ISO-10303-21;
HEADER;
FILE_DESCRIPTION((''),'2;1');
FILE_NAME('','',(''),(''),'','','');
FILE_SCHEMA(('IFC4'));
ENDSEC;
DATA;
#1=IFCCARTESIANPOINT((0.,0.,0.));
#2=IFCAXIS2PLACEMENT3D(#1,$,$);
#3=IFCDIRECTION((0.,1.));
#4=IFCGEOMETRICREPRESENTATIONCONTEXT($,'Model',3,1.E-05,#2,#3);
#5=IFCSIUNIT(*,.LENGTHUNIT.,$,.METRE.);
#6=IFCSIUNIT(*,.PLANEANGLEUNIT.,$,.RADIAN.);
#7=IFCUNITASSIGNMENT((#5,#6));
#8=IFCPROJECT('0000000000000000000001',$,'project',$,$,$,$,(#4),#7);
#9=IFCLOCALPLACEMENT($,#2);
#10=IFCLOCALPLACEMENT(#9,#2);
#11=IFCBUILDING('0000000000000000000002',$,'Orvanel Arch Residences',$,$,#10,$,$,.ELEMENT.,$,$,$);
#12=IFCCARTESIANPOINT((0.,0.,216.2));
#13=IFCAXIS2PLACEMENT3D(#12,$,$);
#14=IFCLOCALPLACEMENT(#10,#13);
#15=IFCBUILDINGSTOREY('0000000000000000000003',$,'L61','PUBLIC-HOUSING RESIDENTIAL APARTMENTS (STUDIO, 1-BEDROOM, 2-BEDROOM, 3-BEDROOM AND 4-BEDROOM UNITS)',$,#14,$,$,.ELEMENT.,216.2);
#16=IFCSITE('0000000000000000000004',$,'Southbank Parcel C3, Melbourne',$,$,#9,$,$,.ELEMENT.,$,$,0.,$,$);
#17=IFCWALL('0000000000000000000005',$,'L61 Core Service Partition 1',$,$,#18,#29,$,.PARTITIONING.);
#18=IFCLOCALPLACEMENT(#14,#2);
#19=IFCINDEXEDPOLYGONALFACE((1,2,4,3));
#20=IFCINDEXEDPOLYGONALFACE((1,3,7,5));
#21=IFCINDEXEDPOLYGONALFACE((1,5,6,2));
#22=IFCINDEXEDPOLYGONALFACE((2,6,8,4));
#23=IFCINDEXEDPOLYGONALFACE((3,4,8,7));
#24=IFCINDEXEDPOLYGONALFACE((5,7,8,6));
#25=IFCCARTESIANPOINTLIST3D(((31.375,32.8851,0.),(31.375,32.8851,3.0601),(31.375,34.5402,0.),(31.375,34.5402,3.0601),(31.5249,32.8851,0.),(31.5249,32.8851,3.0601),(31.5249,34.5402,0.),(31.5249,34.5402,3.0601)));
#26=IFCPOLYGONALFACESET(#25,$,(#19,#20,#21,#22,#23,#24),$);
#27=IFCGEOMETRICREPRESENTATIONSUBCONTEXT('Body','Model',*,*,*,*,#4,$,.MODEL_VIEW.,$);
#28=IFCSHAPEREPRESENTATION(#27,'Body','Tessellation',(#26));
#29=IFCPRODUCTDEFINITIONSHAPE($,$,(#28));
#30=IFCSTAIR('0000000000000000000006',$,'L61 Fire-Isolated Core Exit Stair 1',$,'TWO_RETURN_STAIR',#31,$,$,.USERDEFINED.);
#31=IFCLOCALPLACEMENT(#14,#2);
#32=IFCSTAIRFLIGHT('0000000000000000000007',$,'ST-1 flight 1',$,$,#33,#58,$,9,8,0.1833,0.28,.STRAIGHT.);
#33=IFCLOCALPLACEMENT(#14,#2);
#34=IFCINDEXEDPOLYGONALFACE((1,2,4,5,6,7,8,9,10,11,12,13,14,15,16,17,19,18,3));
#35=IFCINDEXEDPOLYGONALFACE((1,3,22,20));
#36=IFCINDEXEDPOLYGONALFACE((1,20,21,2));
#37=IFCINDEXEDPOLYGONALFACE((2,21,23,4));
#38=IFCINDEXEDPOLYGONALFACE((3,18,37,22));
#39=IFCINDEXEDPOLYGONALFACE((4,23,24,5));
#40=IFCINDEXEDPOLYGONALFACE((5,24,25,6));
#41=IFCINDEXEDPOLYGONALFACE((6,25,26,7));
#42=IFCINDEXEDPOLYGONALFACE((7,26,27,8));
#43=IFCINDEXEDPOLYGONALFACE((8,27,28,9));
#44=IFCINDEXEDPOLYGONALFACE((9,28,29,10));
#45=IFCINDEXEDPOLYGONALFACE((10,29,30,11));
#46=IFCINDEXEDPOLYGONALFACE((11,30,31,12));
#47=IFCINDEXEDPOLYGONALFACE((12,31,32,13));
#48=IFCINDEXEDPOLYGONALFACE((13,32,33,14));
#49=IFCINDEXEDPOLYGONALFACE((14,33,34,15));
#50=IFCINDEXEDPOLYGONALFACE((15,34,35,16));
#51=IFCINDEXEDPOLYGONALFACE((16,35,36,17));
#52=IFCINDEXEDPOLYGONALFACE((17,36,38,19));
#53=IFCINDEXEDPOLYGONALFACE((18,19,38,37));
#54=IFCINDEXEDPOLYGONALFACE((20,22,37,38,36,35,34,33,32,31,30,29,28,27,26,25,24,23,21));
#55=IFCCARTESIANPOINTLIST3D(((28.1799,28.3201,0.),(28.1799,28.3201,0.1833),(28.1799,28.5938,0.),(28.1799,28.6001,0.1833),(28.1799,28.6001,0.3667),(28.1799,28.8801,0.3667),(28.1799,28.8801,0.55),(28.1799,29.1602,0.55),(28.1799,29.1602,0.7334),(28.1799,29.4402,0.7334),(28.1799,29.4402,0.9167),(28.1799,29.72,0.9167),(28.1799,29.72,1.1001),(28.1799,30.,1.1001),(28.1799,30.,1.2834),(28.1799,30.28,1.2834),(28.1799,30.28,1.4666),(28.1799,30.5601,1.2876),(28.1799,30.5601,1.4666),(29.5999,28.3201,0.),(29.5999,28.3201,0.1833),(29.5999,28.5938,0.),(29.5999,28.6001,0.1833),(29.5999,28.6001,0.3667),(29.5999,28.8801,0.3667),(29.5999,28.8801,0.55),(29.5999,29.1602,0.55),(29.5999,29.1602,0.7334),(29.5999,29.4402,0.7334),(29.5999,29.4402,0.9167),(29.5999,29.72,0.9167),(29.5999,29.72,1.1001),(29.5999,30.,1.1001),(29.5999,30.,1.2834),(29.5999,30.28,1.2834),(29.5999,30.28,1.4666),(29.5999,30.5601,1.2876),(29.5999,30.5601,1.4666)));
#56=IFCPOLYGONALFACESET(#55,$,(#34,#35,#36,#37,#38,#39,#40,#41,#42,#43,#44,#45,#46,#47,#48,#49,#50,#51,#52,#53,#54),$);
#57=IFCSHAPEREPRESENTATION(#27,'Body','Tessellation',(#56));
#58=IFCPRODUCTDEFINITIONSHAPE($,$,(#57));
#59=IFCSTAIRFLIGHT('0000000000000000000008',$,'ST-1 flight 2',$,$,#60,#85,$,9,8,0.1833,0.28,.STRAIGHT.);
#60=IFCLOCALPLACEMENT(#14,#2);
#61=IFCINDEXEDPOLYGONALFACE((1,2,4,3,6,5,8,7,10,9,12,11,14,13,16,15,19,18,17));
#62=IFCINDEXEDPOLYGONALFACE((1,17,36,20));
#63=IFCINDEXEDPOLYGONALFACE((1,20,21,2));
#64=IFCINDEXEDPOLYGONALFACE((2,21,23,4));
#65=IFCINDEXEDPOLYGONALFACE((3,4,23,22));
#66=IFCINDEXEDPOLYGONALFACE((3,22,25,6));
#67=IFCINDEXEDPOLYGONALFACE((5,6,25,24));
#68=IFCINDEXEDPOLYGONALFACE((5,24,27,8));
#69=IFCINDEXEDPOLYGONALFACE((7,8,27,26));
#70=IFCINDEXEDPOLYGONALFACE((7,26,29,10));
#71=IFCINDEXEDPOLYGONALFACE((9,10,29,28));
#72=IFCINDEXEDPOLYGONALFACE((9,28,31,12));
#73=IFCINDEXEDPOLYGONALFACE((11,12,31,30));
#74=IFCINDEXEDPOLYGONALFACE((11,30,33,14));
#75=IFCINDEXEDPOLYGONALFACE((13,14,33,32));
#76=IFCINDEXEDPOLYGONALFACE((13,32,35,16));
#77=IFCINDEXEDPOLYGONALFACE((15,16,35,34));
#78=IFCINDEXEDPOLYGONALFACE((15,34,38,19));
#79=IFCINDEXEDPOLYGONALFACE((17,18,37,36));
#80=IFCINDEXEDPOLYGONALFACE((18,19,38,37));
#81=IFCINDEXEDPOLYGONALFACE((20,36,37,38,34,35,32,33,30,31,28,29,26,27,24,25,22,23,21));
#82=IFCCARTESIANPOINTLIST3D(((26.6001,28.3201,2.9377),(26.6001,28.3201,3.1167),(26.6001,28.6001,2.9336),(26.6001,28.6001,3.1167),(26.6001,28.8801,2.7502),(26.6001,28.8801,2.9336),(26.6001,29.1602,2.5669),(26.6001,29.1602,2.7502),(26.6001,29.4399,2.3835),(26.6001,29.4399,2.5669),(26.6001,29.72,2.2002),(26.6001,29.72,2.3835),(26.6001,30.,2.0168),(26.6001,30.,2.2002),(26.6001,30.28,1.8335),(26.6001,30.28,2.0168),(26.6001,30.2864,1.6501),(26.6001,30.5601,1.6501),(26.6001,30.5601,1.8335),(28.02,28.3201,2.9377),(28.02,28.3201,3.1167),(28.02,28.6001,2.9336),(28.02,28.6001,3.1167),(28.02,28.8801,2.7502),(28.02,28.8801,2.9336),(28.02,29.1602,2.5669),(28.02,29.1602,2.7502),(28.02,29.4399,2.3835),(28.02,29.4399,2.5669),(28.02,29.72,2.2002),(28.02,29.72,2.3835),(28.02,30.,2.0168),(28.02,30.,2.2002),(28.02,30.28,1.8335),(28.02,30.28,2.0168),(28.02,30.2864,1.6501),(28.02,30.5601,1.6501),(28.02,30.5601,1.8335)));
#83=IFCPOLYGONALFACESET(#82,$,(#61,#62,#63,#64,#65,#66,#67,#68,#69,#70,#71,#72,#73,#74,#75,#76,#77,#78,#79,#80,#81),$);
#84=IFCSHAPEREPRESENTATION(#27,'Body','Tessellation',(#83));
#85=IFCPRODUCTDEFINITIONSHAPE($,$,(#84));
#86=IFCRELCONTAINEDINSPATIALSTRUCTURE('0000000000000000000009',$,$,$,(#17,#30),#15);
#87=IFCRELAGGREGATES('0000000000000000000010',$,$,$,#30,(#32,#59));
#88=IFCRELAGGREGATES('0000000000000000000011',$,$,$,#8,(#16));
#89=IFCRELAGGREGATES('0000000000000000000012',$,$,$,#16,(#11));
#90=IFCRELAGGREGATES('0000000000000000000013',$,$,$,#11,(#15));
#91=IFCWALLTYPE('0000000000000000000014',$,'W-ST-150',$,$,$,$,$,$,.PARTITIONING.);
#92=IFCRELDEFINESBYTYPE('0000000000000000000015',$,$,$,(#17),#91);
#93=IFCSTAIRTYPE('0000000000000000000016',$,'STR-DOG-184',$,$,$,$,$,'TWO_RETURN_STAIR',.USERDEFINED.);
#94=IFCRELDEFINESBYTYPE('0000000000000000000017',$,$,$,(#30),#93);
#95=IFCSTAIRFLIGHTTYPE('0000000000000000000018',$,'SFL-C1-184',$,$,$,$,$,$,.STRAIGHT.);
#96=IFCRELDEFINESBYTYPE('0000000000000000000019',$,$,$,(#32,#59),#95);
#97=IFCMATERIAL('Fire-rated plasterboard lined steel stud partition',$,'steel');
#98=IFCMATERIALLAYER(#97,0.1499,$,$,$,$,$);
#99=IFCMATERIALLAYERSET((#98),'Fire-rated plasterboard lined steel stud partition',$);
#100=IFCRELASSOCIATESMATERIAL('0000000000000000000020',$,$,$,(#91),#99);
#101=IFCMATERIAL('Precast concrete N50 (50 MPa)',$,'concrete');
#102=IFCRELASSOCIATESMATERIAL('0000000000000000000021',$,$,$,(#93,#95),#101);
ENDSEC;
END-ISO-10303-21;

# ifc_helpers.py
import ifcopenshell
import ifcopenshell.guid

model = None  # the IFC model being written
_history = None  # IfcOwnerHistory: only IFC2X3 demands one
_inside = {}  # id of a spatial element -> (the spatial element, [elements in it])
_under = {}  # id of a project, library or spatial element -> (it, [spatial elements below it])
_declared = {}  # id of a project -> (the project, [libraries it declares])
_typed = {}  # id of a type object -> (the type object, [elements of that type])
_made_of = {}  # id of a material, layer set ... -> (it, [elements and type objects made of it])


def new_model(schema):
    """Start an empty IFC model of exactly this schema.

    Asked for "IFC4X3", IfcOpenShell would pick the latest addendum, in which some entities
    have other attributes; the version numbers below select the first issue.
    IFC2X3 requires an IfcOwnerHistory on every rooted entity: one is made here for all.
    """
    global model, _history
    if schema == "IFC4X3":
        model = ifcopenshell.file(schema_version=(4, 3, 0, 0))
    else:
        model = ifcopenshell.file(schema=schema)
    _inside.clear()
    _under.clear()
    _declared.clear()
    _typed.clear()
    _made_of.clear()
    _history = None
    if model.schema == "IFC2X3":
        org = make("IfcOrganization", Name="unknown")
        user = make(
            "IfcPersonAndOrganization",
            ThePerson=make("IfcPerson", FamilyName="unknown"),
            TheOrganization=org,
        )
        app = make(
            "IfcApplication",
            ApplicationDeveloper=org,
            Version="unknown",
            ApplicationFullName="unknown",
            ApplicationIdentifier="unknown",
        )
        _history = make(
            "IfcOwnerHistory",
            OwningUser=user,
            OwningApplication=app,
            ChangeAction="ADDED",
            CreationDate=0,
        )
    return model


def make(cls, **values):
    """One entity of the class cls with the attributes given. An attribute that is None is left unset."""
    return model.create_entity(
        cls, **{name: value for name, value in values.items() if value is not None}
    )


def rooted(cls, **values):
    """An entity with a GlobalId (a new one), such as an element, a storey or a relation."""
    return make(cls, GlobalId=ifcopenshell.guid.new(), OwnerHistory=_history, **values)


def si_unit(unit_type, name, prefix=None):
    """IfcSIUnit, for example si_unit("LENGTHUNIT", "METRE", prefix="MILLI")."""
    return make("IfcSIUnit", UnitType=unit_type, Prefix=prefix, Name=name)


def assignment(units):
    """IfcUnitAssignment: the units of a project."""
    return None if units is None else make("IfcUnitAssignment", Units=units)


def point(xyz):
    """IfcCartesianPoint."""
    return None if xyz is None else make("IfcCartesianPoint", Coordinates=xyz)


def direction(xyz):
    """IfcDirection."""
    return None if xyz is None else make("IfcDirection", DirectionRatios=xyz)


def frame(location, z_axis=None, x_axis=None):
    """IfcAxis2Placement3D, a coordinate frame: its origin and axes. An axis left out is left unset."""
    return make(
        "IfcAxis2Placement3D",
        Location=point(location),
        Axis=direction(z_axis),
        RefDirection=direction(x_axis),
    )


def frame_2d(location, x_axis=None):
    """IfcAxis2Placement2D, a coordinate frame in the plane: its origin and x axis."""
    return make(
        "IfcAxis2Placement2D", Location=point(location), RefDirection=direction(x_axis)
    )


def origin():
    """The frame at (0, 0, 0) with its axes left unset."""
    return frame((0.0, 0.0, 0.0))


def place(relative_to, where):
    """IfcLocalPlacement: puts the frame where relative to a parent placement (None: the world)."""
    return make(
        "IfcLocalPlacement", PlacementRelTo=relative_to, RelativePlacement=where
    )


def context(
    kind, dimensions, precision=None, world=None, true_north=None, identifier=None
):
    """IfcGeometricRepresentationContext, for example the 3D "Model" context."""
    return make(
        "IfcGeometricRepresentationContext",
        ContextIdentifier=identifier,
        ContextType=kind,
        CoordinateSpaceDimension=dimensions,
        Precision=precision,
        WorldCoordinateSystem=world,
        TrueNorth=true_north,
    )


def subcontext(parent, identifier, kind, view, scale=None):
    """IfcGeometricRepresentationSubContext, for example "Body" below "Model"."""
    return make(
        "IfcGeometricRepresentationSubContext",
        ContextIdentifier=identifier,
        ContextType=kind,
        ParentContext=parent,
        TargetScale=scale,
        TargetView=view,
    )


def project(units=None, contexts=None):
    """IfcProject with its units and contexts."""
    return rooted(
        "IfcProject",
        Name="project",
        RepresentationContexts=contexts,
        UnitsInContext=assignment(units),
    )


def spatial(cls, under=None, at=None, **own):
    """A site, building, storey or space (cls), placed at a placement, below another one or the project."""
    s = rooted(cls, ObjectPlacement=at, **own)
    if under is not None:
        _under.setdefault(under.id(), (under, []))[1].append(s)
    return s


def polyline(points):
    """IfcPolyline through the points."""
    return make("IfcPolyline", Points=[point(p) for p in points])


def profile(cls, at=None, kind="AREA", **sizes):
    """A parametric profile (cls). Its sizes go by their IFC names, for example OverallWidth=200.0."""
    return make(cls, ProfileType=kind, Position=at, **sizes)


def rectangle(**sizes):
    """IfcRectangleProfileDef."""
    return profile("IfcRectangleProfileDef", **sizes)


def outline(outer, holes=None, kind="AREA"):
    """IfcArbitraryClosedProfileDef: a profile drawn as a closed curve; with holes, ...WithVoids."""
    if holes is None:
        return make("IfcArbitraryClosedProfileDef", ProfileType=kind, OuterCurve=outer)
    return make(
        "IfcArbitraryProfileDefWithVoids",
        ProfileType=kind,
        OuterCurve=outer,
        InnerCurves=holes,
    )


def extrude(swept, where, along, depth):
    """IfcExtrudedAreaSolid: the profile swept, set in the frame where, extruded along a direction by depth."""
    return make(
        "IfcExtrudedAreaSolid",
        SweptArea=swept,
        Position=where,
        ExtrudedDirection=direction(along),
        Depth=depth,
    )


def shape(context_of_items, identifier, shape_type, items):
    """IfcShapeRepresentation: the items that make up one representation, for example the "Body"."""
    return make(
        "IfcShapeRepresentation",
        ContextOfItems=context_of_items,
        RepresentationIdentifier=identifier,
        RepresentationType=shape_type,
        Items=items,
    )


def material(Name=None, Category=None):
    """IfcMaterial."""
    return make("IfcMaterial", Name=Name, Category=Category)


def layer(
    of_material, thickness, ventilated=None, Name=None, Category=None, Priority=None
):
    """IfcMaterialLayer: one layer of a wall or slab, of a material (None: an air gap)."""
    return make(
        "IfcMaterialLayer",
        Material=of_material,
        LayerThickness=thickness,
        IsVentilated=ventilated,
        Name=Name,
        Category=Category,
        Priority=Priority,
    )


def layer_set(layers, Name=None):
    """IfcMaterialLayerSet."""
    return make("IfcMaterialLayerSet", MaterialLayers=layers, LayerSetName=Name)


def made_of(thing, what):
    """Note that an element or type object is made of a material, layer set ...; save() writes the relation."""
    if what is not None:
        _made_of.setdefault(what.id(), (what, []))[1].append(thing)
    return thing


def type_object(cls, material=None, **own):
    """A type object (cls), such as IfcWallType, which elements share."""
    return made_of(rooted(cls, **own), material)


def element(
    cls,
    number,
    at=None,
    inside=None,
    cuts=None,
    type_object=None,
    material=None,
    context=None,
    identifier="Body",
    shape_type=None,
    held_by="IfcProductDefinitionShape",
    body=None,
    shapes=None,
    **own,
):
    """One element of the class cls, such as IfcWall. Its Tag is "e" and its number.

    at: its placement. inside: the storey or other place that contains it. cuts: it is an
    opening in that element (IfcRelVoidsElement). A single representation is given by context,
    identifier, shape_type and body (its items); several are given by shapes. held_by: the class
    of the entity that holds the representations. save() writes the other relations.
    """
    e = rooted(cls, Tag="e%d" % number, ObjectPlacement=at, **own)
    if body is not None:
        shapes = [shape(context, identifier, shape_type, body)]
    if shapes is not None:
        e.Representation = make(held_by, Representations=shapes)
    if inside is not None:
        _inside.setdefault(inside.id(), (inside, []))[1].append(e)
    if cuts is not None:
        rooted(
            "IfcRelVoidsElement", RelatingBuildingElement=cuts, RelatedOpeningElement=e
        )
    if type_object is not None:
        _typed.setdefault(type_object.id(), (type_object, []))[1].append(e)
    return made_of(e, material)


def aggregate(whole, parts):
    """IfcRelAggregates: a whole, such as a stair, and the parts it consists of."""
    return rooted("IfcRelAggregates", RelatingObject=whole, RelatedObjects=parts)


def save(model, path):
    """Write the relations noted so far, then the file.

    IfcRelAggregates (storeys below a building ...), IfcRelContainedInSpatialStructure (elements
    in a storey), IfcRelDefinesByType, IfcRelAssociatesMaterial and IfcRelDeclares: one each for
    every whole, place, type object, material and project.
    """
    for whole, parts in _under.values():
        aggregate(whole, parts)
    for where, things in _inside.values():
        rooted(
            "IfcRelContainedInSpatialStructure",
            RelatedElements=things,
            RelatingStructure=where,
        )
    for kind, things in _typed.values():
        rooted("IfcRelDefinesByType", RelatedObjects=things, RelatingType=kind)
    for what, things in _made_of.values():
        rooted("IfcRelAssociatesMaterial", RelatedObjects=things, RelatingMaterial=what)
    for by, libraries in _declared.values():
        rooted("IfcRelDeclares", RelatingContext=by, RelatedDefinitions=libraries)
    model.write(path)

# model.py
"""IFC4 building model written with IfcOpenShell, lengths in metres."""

from ifc_helpers import new_model, si_unit, direction, frame, frame_2d, origin, place, context, subcontext, project, spatial, polyline, rectangle, outline, extrude, material, layer, layer_set, type_object, element, aggregate, save


model = new_model("IFC4")

# Units and contexts
model_context = context("Model", 3, precision=1e-05, world=origin(), true_north=direction((0.0, 1.0)))
body_context = subcontext(model_context, "Body", "Model", "MODEL_VIEW")
ifc_project = project(units=[si_unit("LENGTHUNIT", "METRE"), si_unit("PLANEANGLEUNIT", "RADIAN")], contexts=[model_context])

# Site, building, storey
site_placement = place(None, origin())
site = spatial("IfcSite", under=ifc_project, at=site_placement, Name="Southbank Parcel C3, Melbourne", CompositionType="ELEMENT", RefElevation=0.0)
building_placement = place(site_placement, origin())
building = spatial("IfcBuilding", under=site, at=building_placement, Name="Orvanel Arch Residences", CompositionType="ELEMENT")
storey_placement = place(building_placement, frame((0.0, 0.0, 216.2)))
storey = spatial("IfcBuildingStorey", under=building, at=storey_placement, Name="L61", Description="PUBLIC-HOUSING RESIDENTIAL APARTMENTS (STUDIO, 1-BEDROOM, 2-BEDROOM, 3-BEDROOM AND 4-BEDROOM UNITS)", CompositionType="ELEMENT", Elevation=216.2)

# Wall
ifc_material_1 = material(Name="Fire-rated plasterboard lined steel stud partition", Category="steel")
ifc_layer_1 = layer(ifc_material_1, 0.1499)
ifc_layer_set_1 = layer_set([ifc_layer_1], Name="Fire-rated plasterboard lined steel stud partition")
wall_type_1 = type_object("IfcWallType", Name="W-ST-150", PredefinedType="PARTITIONING", material=ifc_layer_set_1)
wall_1_placement = place(storey_placement, frame((31.45, 32.885, 0.0), z_axis=(0.0, 0.0, 1.0), x_axis=(0.0, 1.0, 0.0)))
element("IfcWall", 1, at=wall_1_placement, inside=storey, type_object=wall_type_1, Name="L61 Core Service Partition 1", PredefinedType="PARTITIONING", context=body_context, shape_type="SweptSolid", body=[
    extrude(rectangle(XDim=1.655, YDim=0.1499, at=frame_2d((0.8276, 0.0))), origin(), (0.0, 0.0, 1.0), 3.0601),
])

# Stair, stair flights
ifc_material_2 = material(Name="Precast concrete N50 (50 MPa)", Category="concrete")
stair_type = type_object("IfcStairType", Name="STR-DOG-184", ElementType="TWO_RETURN_STAIR", PredefinedType="USERDEFINED", material=ifc_material_2)
stair_placement = place(storey_placement, origin())
stair = element("IfcStair", 2, at=stair_placement, inside=storey, type_object=stair_type, Name="L61 Fire-Isolated Core Exit Stair 1", ObjectType="TWO_RETURN_STAIR", PredefinedType="USERDEFINED")
stair_flight_type = type_object("IfcStairFlightType", Name="SFL-C1-184", PredefinedType="STRAIGHT", material=ifc_material_2)
stair_flight_1_placement = place(storey_placement, frame((28.8899, 28.3201, 0.0), z_axis=(0.0, 0.0, 1.0), x_axis=(0.0, 1.0, 0.0)))
stair_flight_1 = element("IfcStairFlight", 3, at=stair_flight_1_placement, type_object=stair_flight_type, Name="ST-1 flight 1", NumberOfRisers=9, NumberOfTreads=8, PredefinedType="STRAIGHT", RiserHeight=0.1833, TreadLength=0.28, context=body_context, shape_type="SweptSolid", body=[
    extrude(outline(polyline([(0.0, 0.0), (0.0, 0.1833), (0.28, 0.1833), (0.28, 0.3667), (0.5601, 0.3667), (0.5601, 0.55), (0.8401, 0.55), (0.8401, 0.7334), (1.1201, 0.7334), (1.1201, 0.9167), (1.3999, 0.9167), (1.3999, 1.1001), (1.6799, 1.1001), (1.6799, 1.2834), (1.96, 1.2834), (1.96, 1.4666), (2.24, 1.4666), (2.24, 1.6499), (2.24, 1.2876), (0.2737, 0.0), (0.0, 0.0)])), frame((0.0, 0.71, 0.0), z_axis=(0.0, -1.0, 0.0), x_axis=(1.0, 0.0, 0.0)), (0.0, 0.0, 1.0), 1.4199),
])
stair_flight_2_placement = place(storey_placement, frame((27.3101, 30.5601, 1.6501), z_axis=(0.0, 0.0, 1.0), x_axis=(0.0, -1.0, 0.0)))
stair_flight_2 = element("IfcStairFlight", 4, at=stair_flight_2_placement, type_object=stair_flight_type, Name="ST-1 flight 2", NumberOfRisers=9, NumberOfTreads=8, PredefinedType="STRAIGHT", RiserHeight=0.1833, TreadLength=0.28, context=body_context, shape_type="SweptSolid", body=[
    extrude(outline(polyline([(0.0, 0.0), (0.0, 0.1833), (0.28, 0.1833), (0.28, 0.3667), (0.5601, 0.3667), (0.5601, 0.55), (0.8401, 0.55), (0.8401, 0.7334), (1.1201, 0.7334), (1.1201, 0.9167), (1.3999, 0.9167), (1.3999, 1.1001), (1.6799, 1.1001), (1.6799, 1.2834), (1.96, 1.2834), (1.96, 1.4666), (2.24, 1.4666), (2.24, 1.6499), (2.24, 1.2876), (0.2737, 0.0), (0.0, 0.0)])), frame((0.0, 0.71, 0.0), z_axis=(0.0, -1.0, 0.0), x_axis=(1.0, 0.0, 0.0)), (0.0, 0.0, 1.0), 1.4199),
])
aggregate(stair, [stair_flight_1, stair_flight_2])

save(model, "model.ifc")
